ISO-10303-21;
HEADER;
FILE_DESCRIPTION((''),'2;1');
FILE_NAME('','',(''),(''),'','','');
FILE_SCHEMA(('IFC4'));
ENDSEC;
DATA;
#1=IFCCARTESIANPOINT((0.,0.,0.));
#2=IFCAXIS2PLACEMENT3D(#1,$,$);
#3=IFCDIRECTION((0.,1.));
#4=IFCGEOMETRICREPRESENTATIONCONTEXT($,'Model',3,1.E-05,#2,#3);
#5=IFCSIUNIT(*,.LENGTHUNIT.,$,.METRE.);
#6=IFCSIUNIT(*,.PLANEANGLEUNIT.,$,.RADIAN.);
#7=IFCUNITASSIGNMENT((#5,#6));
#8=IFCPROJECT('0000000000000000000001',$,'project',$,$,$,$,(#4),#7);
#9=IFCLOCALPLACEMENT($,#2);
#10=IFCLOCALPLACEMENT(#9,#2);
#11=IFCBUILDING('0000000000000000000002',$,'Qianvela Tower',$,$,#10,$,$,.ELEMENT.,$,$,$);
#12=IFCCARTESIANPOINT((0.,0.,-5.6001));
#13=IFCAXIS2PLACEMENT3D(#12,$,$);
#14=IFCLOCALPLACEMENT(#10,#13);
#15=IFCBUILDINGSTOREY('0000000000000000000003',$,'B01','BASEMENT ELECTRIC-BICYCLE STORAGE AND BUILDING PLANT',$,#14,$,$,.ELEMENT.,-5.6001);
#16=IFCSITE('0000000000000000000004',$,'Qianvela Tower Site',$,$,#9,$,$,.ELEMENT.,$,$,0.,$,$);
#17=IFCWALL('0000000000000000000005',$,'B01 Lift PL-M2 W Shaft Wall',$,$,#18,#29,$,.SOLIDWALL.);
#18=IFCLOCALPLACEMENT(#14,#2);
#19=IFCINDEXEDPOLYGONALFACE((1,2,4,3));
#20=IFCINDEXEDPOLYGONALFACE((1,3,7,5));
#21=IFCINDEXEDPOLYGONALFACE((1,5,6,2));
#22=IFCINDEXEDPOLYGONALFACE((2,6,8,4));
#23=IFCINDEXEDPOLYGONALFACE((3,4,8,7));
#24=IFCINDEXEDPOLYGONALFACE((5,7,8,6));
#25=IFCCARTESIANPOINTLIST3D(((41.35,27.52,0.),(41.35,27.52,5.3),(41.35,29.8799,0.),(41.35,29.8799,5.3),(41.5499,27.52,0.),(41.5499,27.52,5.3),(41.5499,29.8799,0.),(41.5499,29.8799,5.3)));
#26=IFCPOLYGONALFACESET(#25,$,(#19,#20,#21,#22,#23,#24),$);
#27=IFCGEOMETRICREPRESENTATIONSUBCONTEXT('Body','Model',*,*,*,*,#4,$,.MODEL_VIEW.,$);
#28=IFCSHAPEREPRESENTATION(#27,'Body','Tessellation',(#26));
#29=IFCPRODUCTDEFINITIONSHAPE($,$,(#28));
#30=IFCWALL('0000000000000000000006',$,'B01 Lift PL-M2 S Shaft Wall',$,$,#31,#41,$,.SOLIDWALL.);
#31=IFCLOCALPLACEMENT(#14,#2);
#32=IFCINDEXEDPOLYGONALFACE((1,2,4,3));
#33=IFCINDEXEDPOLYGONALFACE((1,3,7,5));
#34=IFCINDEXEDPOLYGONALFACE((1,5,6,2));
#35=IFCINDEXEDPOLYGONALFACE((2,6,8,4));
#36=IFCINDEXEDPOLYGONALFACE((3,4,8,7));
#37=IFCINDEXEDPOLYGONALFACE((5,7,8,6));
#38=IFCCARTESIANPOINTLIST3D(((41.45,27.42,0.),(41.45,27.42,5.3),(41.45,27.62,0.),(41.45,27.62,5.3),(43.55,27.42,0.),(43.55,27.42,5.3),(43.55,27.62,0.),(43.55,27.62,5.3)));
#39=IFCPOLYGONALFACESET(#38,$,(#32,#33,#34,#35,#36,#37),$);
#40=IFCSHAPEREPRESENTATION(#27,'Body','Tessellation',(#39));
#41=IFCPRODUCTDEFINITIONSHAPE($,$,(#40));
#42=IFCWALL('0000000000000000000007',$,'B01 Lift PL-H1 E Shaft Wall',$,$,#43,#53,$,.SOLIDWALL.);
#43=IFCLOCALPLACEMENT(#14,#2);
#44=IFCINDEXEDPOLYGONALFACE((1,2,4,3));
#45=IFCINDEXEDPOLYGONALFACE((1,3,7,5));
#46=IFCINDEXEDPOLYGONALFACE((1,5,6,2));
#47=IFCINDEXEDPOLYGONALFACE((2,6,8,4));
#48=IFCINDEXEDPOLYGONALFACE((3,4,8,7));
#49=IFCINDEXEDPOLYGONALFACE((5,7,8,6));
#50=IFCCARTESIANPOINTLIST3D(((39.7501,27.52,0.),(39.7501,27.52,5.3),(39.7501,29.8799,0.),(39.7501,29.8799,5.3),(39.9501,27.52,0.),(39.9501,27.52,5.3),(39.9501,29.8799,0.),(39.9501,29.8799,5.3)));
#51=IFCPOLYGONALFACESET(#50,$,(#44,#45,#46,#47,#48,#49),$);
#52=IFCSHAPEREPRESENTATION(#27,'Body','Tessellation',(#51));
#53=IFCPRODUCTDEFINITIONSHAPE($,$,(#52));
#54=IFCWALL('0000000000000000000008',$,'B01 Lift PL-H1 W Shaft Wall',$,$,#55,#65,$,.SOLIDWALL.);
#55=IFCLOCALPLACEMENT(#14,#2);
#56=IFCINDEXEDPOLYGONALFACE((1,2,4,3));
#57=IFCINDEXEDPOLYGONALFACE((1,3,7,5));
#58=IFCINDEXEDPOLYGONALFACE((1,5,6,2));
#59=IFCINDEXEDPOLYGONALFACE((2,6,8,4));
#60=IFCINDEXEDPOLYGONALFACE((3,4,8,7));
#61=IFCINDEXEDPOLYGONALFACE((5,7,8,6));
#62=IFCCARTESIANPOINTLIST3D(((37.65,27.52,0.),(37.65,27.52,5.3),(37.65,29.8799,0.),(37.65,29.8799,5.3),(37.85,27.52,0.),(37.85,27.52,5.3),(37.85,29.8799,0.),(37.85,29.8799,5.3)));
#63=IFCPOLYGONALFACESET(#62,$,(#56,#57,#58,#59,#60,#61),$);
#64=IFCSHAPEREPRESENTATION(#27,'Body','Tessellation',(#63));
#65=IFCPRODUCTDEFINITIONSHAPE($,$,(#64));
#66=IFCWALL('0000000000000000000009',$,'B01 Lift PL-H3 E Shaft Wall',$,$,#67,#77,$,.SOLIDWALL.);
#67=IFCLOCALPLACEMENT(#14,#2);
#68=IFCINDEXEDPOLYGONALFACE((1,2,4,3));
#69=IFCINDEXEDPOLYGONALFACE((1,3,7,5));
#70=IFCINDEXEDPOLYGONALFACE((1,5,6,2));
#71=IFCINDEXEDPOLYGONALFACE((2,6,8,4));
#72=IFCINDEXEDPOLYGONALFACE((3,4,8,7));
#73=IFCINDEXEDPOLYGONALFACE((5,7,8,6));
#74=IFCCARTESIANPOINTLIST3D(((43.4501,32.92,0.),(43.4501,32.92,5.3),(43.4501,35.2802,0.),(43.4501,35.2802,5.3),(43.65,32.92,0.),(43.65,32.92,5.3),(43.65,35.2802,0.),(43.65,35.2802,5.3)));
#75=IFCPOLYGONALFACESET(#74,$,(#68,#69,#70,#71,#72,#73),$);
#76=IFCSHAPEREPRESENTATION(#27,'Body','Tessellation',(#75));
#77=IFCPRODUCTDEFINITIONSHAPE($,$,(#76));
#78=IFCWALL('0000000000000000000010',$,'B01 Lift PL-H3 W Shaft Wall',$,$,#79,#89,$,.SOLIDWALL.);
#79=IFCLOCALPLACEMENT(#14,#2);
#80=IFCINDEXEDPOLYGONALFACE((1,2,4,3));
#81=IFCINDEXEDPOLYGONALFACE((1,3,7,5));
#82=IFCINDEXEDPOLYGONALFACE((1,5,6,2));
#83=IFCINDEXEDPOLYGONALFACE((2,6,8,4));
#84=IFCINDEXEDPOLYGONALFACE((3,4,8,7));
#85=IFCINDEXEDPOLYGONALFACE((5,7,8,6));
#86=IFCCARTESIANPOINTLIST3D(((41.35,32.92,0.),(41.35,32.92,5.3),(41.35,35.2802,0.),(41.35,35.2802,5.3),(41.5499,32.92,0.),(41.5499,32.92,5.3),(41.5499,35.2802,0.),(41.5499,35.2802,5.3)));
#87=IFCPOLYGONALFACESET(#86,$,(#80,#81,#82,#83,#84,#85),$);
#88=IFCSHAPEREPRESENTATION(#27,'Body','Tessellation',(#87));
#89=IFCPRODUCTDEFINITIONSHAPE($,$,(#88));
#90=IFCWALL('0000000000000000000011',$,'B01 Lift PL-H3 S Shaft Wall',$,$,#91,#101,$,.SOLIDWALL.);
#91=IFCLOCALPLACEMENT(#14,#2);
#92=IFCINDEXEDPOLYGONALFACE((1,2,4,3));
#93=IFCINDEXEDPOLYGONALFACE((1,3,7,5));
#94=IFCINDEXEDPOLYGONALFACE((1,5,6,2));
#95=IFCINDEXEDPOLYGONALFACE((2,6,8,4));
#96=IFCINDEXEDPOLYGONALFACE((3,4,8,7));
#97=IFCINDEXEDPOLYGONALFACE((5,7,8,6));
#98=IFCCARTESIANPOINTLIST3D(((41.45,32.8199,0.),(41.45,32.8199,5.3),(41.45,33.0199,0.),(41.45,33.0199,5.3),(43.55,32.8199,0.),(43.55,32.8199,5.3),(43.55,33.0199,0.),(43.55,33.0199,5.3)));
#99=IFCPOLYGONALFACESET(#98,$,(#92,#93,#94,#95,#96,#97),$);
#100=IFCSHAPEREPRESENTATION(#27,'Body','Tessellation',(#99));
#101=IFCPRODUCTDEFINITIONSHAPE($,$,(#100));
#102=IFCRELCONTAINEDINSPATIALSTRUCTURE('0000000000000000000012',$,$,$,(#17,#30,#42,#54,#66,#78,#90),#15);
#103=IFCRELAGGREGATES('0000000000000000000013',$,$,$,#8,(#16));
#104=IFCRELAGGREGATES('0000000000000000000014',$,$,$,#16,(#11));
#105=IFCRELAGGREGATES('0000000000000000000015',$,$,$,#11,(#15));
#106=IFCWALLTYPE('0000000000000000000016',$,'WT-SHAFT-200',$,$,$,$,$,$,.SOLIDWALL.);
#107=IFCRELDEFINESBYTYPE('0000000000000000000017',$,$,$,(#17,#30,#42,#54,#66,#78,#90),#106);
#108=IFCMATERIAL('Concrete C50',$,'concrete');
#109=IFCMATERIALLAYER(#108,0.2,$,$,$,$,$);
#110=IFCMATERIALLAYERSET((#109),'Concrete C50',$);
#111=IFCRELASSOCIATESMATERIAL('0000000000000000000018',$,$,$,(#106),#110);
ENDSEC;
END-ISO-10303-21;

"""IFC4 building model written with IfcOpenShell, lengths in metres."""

from ifc_helpers import new_model, si_unit, direction, frame, frame_2d, origin, place, context, subcontext, project, spatial, rectangle, extrude, material, layer, layer_set, type_object, element, save


model = new_model("IFC4")

# Units and contexts
model_context = context("Model", 3, precision=1e-05, world=origin(), true_north=direction((0.0, 1.0)))
body_context = subcontext(model_context, "Body", "Model", "MODEL_VIEW")
ifc_project = project(units=[si_unit("LENGTHUNIT", "METRE"), si_unit("PLANEANGLEUNIT", "RADIAN")], contexts=[model_context])

# Site, building, storey
site_placement = place(None, origin())
site = spatial("IfcSite", under=ifc_project, at=site_placement, Name="Qianvela Tower Site", CompositionType="ELEMENT", RefElevation=0.0)
building_placement = place(site_placement, origin())
building = spatial("IfcBuilding", under=site, at=building_placement, Name="Qianvela Tower", CompositionType="ELEMENT")
storey_placement = place(building_placement, frame((0.0, 0.0, -5.6001)))
storey = spatial("IfcBuildingStorey", under=building, at=storey_placement, Name="B01", Description="BASEMENT ELECTRIC-BICYCLE STORAGE AND BUILDING PLANT", CompositionType="ELEMENT", Elevation=-5.6001)

# Shared definitions
ifc_material_1 = material(Name="Concrete C50", Category="concrete")
ifc_layer_1 = layer(ifc_material_1, 0.2)
ifc_layer_set_1 = layer_set([ifc_layer_1], Name="Concrete C50")
wall_type_1 = type_object("IfcWallType", Name="WT-SHAFT-200", PredefinedType="SOLIDWALL", material=ifc_layer_set_1)

# Walls
for number, where, z_axis, x_axis, name in (
    (1, (41.45, 27.52, 0.0), (0.0, 0.0, 1.0), (0.0, 1.0, 0.0), "B01 Lift PL-M2 W Shaft Wall"),
):
    element("IfcWall", number, at=place(storey_placement, frame(where, z_axis=z_axis, x_axis=x_axis)), inside=storey, type_object=wall_type_1, Name=name, PredefinedType="SOLIDWALL", context=body_context, shape_type="SweptSolid", body=[
        extrude(rectangle(XDim=2.3599, YDim=0.2, at=frame_2d((1.1799, 0.0))), origin(), (0.0, 0.0, 1.0), 5.3),
    ])
wall_1_placement = place(storey_placement, frame((41.45, 27.52, 0.0), z_axis=(0.0, 0.0, 1.0), x_axis=(1.0, 0.0, 0.0)))
element("IfcWall", 2, at=wall_1_placement, inside=storey, type_object=wall_type_1, Name="B01 Lift PL-M2 S Shaft Wall", PredefinedType="SOLIDWALL", context=body_context, shape_type="SweptSolid", body=[
    extrude(rectangle(XDim=2.1001, YDim=0.2, at=frame_2d((1.05, 0.0))), origin(), (0.0, 0.0, 1.0), 5.3),
])
for number, where, z_axis, x_axis, name in (
    (3, (39.8501, 27.52, 0.0), (0.0, 0.0, 1.0), (0.0, 1.0, 0.0), "B01 Lift PL-H1 E Shaft Wall"),
    (4, (37.75, 27.52, 0.0), (0.0, 0.0, 1.0), (0.0, 1.0, 0.0), "B01 Lift PL-H1 W Shaft Wall"),
):
    element("IfcWall", number, at=place(storey_placement, frame(where, z_axis=z_axis, x_axis=x_axis)), inside=storey, type_object=wall_type_1, Name=name, PredefinedType="SOLIDWALL", context=body_context, shape_type="SweptSolid", body=[
        extrude(rectangle(XDim=2.3599, YDim=0.2, at=frame_2d((1.1799, 0.0))), origin(), (0.0, 0.0, 1.0), 5.3),
    ])
for number, where, z_axis, x_axis, name in (
    (5, (43.55, 32.9199, 0.0), (0.0, 0.0, 1.0), (0.0, 1.0, 0.0), "B01 Lift PL-H3 E Shaft Wall"),
    (6, (41.45, 32.9199, 0.0), (0.0, 0.0, 1.0), (0.0, 1.0, 0.0), "B01 Lift PL-H3 W Shaft Wall"),
):
    element("IfcWall", number, at=place(storey_placement, frame(where, z_axis=z_axis, x_axis=x_axis)), inside=storey, type_object=wall_type_1, Name=name, PredefinedType="SOLIDWALL", context=body_context, shape_type="SweptSolid", body=[
        extrude(rectangle(XDim=2.3601, YDim=0.2, at=frame_2d((1.1802, 0.0))), origin(), (0.0, 0.0, 1.0), 5.3),
    ])
wall_2_placement = place(storey_placement, frame((41.45, 32.9199, 0.0), z_axis=(0.0, 0.0, 1.0), x_axis=(1.0, 0.0, 0.0)))
element("IfcWall", 7, at=wall_2_placement, inside=storey, type_object=wall_type_1, Name="B01 Lift PL-H3 S Shaft Wall", PredefinedType="SOLIDWALL", context=body_context, shape_type="SweptSolid", body=[
    extrude(rectangle(XDim=2.1001, YDim=0.2, at=frame_2d((1.05, 0.0))), origin(), (0.0, 0.0, 1.0), 5.3),
])

save(model, "model.ifc")
